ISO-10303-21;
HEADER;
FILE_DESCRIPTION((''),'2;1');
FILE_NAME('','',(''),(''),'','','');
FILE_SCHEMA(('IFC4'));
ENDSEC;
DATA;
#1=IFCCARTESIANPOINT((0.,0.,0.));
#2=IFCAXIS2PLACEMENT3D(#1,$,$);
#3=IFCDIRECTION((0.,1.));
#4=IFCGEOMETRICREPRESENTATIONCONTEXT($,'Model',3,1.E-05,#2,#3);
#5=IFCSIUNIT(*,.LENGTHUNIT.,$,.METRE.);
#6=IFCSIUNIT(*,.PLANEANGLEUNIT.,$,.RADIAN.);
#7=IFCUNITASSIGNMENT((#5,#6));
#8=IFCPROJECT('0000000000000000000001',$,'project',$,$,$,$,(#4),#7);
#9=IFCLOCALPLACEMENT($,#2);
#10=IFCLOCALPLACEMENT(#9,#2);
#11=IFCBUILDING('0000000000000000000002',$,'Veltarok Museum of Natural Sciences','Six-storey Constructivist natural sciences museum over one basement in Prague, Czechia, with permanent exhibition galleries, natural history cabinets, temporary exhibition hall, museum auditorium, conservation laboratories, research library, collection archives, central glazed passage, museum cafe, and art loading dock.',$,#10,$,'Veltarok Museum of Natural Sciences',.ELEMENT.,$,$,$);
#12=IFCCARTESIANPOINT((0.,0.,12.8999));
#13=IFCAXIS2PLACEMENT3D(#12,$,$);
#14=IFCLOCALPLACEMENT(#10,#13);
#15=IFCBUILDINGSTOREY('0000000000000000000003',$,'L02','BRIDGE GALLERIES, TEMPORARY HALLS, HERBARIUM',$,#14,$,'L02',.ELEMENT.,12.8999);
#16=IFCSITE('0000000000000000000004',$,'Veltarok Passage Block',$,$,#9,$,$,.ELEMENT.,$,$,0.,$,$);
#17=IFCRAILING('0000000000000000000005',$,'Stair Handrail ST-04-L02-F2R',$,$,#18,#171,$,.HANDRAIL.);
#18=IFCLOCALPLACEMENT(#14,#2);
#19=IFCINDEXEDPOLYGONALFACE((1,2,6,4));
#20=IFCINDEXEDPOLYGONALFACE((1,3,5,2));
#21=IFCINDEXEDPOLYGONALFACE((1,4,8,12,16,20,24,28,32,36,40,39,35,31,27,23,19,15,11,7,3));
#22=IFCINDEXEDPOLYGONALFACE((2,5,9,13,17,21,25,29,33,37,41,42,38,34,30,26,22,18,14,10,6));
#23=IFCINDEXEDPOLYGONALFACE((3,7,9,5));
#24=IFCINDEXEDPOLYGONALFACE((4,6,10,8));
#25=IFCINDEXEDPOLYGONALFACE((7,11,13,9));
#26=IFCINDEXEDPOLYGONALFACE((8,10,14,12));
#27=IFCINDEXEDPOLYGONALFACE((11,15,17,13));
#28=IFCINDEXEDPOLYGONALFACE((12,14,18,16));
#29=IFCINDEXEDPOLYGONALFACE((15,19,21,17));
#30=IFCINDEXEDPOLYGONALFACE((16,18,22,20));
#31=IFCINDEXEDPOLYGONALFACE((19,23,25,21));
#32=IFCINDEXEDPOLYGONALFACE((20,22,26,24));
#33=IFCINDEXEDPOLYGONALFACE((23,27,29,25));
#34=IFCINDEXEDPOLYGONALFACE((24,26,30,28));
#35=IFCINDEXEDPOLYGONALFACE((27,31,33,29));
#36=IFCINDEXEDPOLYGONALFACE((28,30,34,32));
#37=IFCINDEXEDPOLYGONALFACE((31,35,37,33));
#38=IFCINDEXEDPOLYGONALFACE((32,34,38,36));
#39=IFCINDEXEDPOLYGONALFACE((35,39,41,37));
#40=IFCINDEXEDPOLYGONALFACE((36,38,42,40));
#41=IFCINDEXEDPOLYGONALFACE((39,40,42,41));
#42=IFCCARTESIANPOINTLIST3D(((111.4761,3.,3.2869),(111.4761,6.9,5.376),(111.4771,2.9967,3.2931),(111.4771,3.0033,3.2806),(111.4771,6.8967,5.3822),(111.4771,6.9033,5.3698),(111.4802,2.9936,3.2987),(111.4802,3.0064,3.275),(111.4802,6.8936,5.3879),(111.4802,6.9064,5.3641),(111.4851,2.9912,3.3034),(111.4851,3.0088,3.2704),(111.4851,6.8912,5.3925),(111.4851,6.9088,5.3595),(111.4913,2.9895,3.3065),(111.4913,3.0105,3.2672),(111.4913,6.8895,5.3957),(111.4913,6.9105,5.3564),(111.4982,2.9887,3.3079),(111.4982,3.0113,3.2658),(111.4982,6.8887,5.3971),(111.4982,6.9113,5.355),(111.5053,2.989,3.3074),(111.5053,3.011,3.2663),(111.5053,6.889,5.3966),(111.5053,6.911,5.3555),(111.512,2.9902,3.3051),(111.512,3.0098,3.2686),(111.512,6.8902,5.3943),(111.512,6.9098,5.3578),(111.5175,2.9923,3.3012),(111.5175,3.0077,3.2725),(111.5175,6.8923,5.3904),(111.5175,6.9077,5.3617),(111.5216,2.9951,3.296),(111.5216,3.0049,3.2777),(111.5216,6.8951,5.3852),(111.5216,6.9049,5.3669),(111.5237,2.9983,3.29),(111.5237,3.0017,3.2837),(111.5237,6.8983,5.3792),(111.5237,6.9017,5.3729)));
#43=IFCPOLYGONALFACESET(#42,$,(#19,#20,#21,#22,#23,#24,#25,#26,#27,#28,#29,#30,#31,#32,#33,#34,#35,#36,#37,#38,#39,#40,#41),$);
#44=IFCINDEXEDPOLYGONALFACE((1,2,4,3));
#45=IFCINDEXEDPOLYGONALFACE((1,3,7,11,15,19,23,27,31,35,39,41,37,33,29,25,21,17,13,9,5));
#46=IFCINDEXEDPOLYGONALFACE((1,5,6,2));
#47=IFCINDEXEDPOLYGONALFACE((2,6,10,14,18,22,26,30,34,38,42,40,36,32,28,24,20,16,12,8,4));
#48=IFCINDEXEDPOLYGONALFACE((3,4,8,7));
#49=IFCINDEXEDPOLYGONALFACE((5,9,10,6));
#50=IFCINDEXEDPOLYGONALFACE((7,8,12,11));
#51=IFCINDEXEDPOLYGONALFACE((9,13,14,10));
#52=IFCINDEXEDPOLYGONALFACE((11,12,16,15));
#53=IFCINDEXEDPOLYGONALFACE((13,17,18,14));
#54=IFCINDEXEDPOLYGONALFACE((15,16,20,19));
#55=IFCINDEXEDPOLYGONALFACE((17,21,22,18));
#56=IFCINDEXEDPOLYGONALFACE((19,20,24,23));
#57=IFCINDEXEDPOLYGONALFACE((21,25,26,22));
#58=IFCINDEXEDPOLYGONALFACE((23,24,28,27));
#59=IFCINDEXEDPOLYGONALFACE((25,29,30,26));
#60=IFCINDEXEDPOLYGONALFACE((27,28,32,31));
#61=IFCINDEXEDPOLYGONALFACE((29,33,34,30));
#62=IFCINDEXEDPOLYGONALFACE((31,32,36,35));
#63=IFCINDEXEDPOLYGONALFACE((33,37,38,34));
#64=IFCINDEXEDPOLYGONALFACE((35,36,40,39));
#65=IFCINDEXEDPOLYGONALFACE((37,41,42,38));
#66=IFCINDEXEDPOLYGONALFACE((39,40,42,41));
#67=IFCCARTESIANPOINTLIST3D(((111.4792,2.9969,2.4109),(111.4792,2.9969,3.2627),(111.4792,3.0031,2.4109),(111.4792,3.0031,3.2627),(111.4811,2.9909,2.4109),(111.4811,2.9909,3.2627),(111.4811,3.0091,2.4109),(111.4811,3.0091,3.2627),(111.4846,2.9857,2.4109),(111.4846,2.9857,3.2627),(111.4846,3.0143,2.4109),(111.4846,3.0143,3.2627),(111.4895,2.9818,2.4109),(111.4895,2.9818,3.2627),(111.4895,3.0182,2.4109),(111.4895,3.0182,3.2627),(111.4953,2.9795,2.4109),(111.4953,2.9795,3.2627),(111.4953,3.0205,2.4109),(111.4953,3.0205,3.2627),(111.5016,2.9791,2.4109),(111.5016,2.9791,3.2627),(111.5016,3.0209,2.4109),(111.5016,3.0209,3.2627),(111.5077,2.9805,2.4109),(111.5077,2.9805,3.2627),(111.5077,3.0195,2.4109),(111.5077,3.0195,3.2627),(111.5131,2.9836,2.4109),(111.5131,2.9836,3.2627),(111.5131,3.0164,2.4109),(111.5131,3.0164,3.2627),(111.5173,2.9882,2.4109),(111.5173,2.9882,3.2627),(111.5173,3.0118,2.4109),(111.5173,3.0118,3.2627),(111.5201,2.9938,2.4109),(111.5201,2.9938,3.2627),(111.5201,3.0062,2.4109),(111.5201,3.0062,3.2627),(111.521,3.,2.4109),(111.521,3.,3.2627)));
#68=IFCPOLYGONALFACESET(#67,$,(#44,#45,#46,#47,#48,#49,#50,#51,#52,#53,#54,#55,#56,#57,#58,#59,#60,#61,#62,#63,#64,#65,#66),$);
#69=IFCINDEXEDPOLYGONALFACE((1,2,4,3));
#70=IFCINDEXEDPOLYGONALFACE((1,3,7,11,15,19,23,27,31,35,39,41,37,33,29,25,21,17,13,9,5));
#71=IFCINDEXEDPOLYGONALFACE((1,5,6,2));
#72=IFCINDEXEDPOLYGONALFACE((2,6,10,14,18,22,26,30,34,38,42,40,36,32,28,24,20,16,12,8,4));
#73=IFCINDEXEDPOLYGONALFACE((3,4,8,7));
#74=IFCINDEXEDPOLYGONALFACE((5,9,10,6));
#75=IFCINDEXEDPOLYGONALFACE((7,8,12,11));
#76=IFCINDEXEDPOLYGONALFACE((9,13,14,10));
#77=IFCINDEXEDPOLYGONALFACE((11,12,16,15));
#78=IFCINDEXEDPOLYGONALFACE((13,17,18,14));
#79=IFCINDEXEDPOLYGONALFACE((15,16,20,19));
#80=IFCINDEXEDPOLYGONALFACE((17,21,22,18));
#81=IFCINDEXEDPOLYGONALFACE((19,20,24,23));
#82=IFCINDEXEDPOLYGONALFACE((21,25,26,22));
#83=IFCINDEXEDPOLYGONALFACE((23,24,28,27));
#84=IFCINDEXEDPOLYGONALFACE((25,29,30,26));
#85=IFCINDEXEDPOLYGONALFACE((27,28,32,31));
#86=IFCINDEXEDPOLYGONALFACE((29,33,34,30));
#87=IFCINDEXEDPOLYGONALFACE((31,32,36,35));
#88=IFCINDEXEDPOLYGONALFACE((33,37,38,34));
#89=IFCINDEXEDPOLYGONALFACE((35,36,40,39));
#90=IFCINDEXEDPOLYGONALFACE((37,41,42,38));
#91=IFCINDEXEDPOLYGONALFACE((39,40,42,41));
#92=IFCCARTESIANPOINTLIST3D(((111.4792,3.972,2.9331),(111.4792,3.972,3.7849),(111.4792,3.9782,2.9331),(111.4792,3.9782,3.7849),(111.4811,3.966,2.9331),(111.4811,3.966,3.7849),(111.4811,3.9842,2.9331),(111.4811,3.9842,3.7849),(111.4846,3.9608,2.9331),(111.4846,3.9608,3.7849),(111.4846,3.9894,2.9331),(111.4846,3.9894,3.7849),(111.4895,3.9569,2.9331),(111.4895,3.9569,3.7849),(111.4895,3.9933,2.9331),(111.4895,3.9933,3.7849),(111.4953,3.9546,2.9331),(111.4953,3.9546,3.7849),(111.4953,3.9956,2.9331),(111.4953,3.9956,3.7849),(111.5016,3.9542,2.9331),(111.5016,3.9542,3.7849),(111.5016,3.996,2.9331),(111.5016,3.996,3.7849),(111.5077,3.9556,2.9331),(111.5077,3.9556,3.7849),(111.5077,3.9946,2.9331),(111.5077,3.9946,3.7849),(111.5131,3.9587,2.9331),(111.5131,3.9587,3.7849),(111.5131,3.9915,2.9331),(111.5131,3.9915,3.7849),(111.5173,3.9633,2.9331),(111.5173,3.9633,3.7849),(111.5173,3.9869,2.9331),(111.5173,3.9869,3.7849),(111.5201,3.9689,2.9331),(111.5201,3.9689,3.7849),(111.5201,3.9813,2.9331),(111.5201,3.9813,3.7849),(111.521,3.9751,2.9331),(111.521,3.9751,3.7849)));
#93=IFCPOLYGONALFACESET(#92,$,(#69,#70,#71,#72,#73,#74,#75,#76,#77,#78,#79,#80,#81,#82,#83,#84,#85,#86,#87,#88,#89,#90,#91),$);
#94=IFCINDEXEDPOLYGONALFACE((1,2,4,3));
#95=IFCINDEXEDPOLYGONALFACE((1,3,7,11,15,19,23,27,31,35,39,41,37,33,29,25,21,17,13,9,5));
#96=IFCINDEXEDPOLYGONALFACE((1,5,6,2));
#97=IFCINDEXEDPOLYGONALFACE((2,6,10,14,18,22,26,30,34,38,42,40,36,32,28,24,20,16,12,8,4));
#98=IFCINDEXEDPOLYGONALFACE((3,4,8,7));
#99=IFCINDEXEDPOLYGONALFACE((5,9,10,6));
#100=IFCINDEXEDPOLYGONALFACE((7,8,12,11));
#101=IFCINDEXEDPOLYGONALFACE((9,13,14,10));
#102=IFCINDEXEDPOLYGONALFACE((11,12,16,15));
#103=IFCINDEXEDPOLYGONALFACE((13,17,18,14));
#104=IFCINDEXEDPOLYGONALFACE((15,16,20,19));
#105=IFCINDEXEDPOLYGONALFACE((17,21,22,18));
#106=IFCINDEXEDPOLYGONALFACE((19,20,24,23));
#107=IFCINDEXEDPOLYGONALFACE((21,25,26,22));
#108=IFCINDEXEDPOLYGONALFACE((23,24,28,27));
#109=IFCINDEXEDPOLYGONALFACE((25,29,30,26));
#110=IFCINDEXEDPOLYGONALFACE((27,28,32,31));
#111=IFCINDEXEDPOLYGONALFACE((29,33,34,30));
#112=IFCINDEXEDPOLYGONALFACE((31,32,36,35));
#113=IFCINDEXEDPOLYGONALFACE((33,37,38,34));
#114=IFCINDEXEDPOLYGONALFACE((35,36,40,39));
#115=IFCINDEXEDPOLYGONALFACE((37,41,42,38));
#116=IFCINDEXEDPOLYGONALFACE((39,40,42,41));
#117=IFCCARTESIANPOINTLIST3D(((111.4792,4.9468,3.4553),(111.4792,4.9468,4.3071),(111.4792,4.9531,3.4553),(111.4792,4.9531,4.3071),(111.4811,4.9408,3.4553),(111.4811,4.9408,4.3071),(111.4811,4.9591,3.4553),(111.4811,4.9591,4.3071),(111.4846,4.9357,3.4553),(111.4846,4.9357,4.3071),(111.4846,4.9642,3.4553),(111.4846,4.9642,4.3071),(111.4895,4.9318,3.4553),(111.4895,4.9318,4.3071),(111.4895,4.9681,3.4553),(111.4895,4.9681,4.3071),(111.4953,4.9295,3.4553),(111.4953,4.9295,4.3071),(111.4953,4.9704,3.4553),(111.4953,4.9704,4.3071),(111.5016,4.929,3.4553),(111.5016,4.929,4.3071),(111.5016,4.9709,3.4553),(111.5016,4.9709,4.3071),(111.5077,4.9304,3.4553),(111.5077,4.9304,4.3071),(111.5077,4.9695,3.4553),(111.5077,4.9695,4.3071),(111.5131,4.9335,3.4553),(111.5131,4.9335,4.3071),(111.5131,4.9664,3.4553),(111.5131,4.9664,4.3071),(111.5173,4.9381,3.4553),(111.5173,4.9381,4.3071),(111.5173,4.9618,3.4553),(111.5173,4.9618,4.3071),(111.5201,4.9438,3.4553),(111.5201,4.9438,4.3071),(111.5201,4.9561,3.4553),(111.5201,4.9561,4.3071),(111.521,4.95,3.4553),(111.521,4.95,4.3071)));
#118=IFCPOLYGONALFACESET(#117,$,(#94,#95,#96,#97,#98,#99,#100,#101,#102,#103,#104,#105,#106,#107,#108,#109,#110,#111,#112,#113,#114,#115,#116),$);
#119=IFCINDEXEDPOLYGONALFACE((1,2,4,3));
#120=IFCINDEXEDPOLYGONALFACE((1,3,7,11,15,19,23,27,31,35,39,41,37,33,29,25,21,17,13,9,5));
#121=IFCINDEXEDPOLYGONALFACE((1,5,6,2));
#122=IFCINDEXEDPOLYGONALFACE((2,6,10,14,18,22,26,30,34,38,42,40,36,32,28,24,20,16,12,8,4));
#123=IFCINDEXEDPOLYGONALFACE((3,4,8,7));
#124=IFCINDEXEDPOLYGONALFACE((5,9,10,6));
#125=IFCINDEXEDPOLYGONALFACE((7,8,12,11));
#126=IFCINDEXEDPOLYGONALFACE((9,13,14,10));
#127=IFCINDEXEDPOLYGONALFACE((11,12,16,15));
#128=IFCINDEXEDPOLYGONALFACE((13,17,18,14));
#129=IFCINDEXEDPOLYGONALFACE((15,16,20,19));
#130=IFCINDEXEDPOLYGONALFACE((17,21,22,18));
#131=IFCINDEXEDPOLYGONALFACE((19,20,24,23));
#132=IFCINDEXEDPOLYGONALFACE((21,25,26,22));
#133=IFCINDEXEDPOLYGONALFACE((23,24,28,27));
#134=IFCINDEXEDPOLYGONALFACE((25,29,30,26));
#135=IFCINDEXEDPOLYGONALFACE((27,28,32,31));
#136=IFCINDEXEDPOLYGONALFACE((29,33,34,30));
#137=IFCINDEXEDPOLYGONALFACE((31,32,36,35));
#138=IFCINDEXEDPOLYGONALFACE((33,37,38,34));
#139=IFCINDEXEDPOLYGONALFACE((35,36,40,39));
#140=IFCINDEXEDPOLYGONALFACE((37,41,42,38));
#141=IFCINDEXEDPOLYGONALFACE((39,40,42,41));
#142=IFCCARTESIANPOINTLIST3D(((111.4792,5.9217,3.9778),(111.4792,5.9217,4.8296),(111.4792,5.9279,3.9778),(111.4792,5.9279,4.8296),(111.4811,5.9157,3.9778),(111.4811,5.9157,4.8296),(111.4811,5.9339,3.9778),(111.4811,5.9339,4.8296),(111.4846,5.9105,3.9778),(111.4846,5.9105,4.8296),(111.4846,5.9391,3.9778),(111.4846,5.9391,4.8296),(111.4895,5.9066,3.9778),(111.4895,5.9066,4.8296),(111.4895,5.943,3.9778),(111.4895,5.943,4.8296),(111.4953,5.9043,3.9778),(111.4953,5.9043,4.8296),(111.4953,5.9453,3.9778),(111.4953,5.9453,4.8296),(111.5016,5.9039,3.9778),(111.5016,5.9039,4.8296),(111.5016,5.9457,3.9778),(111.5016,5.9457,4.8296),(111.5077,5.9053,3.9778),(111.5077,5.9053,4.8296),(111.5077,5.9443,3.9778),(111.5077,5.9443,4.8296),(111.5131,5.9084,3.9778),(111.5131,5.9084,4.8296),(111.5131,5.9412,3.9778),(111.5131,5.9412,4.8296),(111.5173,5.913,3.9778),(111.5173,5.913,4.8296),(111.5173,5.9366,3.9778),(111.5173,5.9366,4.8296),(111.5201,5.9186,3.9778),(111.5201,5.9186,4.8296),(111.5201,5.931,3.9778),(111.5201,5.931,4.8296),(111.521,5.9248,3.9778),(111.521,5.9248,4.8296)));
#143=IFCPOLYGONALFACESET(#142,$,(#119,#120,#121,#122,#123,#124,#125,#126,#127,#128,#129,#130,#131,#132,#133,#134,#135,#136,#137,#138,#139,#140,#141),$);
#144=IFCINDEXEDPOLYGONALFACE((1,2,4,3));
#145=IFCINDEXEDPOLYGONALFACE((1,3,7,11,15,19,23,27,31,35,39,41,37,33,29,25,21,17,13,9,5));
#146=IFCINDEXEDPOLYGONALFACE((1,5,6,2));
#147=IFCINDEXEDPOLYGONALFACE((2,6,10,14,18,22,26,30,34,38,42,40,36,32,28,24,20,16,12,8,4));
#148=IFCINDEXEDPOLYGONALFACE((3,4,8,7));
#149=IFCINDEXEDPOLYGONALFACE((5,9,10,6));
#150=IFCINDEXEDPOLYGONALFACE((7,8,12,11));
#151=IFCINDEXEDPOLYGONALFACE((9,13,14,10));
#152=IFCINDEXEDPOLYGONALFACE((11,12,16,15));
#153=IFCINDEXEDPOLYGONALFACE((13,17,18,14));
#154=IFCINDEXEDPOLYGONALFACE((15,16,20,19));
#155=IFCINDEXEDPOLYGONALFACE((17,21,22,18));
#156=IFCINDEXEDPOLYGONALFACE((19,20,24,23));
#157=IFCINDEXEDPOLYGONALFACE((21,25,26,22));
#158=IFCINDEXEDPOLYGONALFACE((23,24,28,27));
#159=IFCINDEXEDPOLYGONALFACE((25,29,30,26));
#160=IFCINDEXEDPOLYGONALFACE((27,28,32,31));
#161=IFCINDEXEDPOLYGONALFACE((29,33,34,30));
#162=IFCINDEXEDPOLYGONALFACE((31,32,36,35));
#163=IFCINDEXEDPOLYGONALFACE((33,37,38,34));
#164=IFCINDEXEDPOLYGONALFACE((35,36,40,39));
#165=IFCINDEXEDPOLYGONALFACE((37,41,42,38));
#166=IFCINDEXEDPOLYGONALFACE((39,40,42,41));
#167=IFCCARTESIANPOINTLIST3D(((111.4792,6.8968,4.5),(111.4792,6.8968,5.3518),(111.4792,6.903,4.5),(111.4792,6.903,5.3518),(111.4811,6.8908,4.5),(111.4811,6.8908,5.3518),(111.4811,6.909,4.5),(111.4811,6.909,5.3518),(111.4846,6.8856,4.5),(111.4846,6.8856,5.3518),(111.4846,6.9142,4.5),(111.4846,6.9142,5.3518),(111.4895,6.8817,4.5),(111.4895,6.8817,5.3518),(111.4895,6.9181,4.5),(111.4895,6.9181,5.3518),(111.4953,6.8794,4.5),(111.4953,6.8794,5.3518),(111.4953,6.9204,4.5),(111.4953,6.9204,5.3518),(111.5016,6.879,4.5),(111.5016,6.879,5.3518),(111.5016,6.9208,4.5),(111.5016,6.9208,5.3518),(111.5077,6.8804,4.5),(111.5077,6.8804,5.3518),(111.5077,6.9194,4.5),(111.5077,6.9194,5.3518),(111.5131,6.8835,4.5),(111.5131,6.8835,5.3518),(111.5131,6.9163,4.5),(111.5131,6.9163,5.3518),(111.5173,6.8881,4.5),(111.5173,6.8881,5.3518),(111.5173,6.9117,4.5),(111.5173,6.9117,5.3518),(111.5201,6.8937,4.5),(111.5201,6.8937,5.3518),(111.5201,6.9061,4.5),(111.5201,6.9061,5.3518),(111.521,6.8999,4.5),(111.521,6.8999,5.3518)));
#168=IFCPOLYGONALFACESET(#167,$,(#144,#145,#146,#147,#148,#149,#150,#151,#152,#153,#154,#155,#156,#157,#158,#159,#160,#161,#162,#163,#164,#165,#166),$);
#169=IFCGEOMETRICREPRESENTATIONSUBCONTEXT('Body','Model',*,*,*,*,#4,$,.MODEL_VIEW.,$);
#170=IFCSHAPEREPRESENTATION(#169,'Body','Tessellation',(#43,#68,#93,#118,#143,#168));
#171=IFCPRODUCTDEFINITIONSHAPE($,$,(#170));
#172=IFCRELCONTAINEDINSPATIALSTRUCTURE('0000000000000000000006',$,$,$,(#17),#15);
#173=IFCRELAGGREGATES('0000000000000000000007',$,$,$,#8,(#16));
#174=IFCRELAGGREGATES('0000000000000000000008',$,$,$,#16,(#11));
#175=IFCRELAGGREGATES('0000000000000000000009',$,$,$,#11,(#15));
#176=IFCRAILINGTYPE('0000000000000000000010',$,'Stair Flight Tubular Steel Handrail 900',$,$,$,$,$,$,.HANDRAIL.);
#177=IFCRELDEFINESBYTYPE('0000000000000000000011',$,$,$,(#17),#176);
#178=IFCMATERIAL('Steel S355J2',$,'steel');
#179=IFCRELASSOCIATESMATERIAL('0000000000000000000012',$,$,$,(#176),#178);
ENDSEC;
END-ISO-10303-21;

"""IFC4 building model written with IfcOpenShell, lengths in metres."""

from ifc_helpers import new_model, si_unit, direction, frame, origin, origin_2d, place, context, subcontext, project, spatial, circle, extrude, material, type_object, element, save


model = new_model("IFC4")

# Units and contexts
model_context = context("Model", 3, precision=1e-05, world=origin(), true_north=direction((0.0, 1.0)))
body_context = subcontext(model_context, "Body", "Model", "MODEL_VIEW")
ifc_project = project(units=[si_unit("LENGTHUNIT", "METRE"), si_unit("PLANEANGLEUNIT", "RADIAN")], contexts=[model_context])

# Site, building, storey
site_placement = place(None, origin())
site = spatial("IfcSite", under=ifc_project, at=site_placement, Name="Veltarok Passage Block", CompositionType="ELEMENT", RefElevation=0.0)
building_placement = place(site_placement, origin())
building = spatial("IfcBuilding", under=site, at=building_placement, Name="Veltarok Museum of Natural Sciences", Description="Six-storey Constructivist natural sciences museum over one basement in Prague, Czechia, with permanent exhibition galleries, natural history cabinets, temporary exhibition hall, museum auditorium, conservation laboratories, research library, collection archives, central glazed passage, museum cafe, and art loading dock.", LongName="Veltarok Museum of Natural Sciences", CompositionType="ELEMENT")
storey_placement = place(building_placement, frame((0.0, 0.0, 12.8999)))
storey = spatial("IfcBuildingStorey", under=building, at=storey_placement, Name="L02", Description="BRIDGE GALLERIES, TEMPORARY HALLS, HERBARIUM", LongName="L02", CompositionType="ELEMENT", Elevation=12.8999)

# Shared definitions
ifc_material_1 = material(Name="Steel S355J2", Category="steel")

# Railing
railing_type_1 = type_object("IfcRailingType", Name="Stair Flight Tubular Steel Handrail 900", PredefinedType="HANDRAIL", material=ifc_material_1)
for number, where, name in (
    (1, (111.5, 3.0, 2.4109), "Stair Handrail ST-04-L02-F2R"),
):
    element("IfcRailing", number, at=place(storey_placement, frame(where)), inside=storey, type_object=railing_type_1, Name=name, PredefinedType="HANDRAIL", context=body_context, shape_type="SweptSolid", body=[
        extrude(circle(Radius=0.0239, at=origin_2d()), frame((0.0, 0.0, 0.876), z_axis=(0.0, 0.881491, 0.4722), x_axis=(-1.0, 0.0, 0.0)), (0.0, 0.0, 1.0), 4.4243),
        extrude(circle(Radius=0.021, at=origin_2d()), origin(), (0.0, 0.0, 1.0), 0.8518),
        extrude(circle(Radius=0.021, at=origin_2d()), frame((0.0, 0.9751, 0.5222)), (0.0, 0.0, 1.0), 0.8518),
        extrude(circle(Radius=0.021, at=origin_2d()), frame((0.0, 1.95, 1.0444)), (0.0, 0.0, 1.0), 0.8518),
        extrude(circle(Radius=0.021, at=origin_2d()), frame((0.0, 2.9248, 1.5669)), (0.0, 0.0, 1.0), 0.8518),
        extrude(circle(Radius=0.021, at=origin_2d()), frame((0.0, 3.8999, 2.0891)), (0.0, 0.0, 1.0), 0.8518),
    ])

save(model, "model.ifc")
